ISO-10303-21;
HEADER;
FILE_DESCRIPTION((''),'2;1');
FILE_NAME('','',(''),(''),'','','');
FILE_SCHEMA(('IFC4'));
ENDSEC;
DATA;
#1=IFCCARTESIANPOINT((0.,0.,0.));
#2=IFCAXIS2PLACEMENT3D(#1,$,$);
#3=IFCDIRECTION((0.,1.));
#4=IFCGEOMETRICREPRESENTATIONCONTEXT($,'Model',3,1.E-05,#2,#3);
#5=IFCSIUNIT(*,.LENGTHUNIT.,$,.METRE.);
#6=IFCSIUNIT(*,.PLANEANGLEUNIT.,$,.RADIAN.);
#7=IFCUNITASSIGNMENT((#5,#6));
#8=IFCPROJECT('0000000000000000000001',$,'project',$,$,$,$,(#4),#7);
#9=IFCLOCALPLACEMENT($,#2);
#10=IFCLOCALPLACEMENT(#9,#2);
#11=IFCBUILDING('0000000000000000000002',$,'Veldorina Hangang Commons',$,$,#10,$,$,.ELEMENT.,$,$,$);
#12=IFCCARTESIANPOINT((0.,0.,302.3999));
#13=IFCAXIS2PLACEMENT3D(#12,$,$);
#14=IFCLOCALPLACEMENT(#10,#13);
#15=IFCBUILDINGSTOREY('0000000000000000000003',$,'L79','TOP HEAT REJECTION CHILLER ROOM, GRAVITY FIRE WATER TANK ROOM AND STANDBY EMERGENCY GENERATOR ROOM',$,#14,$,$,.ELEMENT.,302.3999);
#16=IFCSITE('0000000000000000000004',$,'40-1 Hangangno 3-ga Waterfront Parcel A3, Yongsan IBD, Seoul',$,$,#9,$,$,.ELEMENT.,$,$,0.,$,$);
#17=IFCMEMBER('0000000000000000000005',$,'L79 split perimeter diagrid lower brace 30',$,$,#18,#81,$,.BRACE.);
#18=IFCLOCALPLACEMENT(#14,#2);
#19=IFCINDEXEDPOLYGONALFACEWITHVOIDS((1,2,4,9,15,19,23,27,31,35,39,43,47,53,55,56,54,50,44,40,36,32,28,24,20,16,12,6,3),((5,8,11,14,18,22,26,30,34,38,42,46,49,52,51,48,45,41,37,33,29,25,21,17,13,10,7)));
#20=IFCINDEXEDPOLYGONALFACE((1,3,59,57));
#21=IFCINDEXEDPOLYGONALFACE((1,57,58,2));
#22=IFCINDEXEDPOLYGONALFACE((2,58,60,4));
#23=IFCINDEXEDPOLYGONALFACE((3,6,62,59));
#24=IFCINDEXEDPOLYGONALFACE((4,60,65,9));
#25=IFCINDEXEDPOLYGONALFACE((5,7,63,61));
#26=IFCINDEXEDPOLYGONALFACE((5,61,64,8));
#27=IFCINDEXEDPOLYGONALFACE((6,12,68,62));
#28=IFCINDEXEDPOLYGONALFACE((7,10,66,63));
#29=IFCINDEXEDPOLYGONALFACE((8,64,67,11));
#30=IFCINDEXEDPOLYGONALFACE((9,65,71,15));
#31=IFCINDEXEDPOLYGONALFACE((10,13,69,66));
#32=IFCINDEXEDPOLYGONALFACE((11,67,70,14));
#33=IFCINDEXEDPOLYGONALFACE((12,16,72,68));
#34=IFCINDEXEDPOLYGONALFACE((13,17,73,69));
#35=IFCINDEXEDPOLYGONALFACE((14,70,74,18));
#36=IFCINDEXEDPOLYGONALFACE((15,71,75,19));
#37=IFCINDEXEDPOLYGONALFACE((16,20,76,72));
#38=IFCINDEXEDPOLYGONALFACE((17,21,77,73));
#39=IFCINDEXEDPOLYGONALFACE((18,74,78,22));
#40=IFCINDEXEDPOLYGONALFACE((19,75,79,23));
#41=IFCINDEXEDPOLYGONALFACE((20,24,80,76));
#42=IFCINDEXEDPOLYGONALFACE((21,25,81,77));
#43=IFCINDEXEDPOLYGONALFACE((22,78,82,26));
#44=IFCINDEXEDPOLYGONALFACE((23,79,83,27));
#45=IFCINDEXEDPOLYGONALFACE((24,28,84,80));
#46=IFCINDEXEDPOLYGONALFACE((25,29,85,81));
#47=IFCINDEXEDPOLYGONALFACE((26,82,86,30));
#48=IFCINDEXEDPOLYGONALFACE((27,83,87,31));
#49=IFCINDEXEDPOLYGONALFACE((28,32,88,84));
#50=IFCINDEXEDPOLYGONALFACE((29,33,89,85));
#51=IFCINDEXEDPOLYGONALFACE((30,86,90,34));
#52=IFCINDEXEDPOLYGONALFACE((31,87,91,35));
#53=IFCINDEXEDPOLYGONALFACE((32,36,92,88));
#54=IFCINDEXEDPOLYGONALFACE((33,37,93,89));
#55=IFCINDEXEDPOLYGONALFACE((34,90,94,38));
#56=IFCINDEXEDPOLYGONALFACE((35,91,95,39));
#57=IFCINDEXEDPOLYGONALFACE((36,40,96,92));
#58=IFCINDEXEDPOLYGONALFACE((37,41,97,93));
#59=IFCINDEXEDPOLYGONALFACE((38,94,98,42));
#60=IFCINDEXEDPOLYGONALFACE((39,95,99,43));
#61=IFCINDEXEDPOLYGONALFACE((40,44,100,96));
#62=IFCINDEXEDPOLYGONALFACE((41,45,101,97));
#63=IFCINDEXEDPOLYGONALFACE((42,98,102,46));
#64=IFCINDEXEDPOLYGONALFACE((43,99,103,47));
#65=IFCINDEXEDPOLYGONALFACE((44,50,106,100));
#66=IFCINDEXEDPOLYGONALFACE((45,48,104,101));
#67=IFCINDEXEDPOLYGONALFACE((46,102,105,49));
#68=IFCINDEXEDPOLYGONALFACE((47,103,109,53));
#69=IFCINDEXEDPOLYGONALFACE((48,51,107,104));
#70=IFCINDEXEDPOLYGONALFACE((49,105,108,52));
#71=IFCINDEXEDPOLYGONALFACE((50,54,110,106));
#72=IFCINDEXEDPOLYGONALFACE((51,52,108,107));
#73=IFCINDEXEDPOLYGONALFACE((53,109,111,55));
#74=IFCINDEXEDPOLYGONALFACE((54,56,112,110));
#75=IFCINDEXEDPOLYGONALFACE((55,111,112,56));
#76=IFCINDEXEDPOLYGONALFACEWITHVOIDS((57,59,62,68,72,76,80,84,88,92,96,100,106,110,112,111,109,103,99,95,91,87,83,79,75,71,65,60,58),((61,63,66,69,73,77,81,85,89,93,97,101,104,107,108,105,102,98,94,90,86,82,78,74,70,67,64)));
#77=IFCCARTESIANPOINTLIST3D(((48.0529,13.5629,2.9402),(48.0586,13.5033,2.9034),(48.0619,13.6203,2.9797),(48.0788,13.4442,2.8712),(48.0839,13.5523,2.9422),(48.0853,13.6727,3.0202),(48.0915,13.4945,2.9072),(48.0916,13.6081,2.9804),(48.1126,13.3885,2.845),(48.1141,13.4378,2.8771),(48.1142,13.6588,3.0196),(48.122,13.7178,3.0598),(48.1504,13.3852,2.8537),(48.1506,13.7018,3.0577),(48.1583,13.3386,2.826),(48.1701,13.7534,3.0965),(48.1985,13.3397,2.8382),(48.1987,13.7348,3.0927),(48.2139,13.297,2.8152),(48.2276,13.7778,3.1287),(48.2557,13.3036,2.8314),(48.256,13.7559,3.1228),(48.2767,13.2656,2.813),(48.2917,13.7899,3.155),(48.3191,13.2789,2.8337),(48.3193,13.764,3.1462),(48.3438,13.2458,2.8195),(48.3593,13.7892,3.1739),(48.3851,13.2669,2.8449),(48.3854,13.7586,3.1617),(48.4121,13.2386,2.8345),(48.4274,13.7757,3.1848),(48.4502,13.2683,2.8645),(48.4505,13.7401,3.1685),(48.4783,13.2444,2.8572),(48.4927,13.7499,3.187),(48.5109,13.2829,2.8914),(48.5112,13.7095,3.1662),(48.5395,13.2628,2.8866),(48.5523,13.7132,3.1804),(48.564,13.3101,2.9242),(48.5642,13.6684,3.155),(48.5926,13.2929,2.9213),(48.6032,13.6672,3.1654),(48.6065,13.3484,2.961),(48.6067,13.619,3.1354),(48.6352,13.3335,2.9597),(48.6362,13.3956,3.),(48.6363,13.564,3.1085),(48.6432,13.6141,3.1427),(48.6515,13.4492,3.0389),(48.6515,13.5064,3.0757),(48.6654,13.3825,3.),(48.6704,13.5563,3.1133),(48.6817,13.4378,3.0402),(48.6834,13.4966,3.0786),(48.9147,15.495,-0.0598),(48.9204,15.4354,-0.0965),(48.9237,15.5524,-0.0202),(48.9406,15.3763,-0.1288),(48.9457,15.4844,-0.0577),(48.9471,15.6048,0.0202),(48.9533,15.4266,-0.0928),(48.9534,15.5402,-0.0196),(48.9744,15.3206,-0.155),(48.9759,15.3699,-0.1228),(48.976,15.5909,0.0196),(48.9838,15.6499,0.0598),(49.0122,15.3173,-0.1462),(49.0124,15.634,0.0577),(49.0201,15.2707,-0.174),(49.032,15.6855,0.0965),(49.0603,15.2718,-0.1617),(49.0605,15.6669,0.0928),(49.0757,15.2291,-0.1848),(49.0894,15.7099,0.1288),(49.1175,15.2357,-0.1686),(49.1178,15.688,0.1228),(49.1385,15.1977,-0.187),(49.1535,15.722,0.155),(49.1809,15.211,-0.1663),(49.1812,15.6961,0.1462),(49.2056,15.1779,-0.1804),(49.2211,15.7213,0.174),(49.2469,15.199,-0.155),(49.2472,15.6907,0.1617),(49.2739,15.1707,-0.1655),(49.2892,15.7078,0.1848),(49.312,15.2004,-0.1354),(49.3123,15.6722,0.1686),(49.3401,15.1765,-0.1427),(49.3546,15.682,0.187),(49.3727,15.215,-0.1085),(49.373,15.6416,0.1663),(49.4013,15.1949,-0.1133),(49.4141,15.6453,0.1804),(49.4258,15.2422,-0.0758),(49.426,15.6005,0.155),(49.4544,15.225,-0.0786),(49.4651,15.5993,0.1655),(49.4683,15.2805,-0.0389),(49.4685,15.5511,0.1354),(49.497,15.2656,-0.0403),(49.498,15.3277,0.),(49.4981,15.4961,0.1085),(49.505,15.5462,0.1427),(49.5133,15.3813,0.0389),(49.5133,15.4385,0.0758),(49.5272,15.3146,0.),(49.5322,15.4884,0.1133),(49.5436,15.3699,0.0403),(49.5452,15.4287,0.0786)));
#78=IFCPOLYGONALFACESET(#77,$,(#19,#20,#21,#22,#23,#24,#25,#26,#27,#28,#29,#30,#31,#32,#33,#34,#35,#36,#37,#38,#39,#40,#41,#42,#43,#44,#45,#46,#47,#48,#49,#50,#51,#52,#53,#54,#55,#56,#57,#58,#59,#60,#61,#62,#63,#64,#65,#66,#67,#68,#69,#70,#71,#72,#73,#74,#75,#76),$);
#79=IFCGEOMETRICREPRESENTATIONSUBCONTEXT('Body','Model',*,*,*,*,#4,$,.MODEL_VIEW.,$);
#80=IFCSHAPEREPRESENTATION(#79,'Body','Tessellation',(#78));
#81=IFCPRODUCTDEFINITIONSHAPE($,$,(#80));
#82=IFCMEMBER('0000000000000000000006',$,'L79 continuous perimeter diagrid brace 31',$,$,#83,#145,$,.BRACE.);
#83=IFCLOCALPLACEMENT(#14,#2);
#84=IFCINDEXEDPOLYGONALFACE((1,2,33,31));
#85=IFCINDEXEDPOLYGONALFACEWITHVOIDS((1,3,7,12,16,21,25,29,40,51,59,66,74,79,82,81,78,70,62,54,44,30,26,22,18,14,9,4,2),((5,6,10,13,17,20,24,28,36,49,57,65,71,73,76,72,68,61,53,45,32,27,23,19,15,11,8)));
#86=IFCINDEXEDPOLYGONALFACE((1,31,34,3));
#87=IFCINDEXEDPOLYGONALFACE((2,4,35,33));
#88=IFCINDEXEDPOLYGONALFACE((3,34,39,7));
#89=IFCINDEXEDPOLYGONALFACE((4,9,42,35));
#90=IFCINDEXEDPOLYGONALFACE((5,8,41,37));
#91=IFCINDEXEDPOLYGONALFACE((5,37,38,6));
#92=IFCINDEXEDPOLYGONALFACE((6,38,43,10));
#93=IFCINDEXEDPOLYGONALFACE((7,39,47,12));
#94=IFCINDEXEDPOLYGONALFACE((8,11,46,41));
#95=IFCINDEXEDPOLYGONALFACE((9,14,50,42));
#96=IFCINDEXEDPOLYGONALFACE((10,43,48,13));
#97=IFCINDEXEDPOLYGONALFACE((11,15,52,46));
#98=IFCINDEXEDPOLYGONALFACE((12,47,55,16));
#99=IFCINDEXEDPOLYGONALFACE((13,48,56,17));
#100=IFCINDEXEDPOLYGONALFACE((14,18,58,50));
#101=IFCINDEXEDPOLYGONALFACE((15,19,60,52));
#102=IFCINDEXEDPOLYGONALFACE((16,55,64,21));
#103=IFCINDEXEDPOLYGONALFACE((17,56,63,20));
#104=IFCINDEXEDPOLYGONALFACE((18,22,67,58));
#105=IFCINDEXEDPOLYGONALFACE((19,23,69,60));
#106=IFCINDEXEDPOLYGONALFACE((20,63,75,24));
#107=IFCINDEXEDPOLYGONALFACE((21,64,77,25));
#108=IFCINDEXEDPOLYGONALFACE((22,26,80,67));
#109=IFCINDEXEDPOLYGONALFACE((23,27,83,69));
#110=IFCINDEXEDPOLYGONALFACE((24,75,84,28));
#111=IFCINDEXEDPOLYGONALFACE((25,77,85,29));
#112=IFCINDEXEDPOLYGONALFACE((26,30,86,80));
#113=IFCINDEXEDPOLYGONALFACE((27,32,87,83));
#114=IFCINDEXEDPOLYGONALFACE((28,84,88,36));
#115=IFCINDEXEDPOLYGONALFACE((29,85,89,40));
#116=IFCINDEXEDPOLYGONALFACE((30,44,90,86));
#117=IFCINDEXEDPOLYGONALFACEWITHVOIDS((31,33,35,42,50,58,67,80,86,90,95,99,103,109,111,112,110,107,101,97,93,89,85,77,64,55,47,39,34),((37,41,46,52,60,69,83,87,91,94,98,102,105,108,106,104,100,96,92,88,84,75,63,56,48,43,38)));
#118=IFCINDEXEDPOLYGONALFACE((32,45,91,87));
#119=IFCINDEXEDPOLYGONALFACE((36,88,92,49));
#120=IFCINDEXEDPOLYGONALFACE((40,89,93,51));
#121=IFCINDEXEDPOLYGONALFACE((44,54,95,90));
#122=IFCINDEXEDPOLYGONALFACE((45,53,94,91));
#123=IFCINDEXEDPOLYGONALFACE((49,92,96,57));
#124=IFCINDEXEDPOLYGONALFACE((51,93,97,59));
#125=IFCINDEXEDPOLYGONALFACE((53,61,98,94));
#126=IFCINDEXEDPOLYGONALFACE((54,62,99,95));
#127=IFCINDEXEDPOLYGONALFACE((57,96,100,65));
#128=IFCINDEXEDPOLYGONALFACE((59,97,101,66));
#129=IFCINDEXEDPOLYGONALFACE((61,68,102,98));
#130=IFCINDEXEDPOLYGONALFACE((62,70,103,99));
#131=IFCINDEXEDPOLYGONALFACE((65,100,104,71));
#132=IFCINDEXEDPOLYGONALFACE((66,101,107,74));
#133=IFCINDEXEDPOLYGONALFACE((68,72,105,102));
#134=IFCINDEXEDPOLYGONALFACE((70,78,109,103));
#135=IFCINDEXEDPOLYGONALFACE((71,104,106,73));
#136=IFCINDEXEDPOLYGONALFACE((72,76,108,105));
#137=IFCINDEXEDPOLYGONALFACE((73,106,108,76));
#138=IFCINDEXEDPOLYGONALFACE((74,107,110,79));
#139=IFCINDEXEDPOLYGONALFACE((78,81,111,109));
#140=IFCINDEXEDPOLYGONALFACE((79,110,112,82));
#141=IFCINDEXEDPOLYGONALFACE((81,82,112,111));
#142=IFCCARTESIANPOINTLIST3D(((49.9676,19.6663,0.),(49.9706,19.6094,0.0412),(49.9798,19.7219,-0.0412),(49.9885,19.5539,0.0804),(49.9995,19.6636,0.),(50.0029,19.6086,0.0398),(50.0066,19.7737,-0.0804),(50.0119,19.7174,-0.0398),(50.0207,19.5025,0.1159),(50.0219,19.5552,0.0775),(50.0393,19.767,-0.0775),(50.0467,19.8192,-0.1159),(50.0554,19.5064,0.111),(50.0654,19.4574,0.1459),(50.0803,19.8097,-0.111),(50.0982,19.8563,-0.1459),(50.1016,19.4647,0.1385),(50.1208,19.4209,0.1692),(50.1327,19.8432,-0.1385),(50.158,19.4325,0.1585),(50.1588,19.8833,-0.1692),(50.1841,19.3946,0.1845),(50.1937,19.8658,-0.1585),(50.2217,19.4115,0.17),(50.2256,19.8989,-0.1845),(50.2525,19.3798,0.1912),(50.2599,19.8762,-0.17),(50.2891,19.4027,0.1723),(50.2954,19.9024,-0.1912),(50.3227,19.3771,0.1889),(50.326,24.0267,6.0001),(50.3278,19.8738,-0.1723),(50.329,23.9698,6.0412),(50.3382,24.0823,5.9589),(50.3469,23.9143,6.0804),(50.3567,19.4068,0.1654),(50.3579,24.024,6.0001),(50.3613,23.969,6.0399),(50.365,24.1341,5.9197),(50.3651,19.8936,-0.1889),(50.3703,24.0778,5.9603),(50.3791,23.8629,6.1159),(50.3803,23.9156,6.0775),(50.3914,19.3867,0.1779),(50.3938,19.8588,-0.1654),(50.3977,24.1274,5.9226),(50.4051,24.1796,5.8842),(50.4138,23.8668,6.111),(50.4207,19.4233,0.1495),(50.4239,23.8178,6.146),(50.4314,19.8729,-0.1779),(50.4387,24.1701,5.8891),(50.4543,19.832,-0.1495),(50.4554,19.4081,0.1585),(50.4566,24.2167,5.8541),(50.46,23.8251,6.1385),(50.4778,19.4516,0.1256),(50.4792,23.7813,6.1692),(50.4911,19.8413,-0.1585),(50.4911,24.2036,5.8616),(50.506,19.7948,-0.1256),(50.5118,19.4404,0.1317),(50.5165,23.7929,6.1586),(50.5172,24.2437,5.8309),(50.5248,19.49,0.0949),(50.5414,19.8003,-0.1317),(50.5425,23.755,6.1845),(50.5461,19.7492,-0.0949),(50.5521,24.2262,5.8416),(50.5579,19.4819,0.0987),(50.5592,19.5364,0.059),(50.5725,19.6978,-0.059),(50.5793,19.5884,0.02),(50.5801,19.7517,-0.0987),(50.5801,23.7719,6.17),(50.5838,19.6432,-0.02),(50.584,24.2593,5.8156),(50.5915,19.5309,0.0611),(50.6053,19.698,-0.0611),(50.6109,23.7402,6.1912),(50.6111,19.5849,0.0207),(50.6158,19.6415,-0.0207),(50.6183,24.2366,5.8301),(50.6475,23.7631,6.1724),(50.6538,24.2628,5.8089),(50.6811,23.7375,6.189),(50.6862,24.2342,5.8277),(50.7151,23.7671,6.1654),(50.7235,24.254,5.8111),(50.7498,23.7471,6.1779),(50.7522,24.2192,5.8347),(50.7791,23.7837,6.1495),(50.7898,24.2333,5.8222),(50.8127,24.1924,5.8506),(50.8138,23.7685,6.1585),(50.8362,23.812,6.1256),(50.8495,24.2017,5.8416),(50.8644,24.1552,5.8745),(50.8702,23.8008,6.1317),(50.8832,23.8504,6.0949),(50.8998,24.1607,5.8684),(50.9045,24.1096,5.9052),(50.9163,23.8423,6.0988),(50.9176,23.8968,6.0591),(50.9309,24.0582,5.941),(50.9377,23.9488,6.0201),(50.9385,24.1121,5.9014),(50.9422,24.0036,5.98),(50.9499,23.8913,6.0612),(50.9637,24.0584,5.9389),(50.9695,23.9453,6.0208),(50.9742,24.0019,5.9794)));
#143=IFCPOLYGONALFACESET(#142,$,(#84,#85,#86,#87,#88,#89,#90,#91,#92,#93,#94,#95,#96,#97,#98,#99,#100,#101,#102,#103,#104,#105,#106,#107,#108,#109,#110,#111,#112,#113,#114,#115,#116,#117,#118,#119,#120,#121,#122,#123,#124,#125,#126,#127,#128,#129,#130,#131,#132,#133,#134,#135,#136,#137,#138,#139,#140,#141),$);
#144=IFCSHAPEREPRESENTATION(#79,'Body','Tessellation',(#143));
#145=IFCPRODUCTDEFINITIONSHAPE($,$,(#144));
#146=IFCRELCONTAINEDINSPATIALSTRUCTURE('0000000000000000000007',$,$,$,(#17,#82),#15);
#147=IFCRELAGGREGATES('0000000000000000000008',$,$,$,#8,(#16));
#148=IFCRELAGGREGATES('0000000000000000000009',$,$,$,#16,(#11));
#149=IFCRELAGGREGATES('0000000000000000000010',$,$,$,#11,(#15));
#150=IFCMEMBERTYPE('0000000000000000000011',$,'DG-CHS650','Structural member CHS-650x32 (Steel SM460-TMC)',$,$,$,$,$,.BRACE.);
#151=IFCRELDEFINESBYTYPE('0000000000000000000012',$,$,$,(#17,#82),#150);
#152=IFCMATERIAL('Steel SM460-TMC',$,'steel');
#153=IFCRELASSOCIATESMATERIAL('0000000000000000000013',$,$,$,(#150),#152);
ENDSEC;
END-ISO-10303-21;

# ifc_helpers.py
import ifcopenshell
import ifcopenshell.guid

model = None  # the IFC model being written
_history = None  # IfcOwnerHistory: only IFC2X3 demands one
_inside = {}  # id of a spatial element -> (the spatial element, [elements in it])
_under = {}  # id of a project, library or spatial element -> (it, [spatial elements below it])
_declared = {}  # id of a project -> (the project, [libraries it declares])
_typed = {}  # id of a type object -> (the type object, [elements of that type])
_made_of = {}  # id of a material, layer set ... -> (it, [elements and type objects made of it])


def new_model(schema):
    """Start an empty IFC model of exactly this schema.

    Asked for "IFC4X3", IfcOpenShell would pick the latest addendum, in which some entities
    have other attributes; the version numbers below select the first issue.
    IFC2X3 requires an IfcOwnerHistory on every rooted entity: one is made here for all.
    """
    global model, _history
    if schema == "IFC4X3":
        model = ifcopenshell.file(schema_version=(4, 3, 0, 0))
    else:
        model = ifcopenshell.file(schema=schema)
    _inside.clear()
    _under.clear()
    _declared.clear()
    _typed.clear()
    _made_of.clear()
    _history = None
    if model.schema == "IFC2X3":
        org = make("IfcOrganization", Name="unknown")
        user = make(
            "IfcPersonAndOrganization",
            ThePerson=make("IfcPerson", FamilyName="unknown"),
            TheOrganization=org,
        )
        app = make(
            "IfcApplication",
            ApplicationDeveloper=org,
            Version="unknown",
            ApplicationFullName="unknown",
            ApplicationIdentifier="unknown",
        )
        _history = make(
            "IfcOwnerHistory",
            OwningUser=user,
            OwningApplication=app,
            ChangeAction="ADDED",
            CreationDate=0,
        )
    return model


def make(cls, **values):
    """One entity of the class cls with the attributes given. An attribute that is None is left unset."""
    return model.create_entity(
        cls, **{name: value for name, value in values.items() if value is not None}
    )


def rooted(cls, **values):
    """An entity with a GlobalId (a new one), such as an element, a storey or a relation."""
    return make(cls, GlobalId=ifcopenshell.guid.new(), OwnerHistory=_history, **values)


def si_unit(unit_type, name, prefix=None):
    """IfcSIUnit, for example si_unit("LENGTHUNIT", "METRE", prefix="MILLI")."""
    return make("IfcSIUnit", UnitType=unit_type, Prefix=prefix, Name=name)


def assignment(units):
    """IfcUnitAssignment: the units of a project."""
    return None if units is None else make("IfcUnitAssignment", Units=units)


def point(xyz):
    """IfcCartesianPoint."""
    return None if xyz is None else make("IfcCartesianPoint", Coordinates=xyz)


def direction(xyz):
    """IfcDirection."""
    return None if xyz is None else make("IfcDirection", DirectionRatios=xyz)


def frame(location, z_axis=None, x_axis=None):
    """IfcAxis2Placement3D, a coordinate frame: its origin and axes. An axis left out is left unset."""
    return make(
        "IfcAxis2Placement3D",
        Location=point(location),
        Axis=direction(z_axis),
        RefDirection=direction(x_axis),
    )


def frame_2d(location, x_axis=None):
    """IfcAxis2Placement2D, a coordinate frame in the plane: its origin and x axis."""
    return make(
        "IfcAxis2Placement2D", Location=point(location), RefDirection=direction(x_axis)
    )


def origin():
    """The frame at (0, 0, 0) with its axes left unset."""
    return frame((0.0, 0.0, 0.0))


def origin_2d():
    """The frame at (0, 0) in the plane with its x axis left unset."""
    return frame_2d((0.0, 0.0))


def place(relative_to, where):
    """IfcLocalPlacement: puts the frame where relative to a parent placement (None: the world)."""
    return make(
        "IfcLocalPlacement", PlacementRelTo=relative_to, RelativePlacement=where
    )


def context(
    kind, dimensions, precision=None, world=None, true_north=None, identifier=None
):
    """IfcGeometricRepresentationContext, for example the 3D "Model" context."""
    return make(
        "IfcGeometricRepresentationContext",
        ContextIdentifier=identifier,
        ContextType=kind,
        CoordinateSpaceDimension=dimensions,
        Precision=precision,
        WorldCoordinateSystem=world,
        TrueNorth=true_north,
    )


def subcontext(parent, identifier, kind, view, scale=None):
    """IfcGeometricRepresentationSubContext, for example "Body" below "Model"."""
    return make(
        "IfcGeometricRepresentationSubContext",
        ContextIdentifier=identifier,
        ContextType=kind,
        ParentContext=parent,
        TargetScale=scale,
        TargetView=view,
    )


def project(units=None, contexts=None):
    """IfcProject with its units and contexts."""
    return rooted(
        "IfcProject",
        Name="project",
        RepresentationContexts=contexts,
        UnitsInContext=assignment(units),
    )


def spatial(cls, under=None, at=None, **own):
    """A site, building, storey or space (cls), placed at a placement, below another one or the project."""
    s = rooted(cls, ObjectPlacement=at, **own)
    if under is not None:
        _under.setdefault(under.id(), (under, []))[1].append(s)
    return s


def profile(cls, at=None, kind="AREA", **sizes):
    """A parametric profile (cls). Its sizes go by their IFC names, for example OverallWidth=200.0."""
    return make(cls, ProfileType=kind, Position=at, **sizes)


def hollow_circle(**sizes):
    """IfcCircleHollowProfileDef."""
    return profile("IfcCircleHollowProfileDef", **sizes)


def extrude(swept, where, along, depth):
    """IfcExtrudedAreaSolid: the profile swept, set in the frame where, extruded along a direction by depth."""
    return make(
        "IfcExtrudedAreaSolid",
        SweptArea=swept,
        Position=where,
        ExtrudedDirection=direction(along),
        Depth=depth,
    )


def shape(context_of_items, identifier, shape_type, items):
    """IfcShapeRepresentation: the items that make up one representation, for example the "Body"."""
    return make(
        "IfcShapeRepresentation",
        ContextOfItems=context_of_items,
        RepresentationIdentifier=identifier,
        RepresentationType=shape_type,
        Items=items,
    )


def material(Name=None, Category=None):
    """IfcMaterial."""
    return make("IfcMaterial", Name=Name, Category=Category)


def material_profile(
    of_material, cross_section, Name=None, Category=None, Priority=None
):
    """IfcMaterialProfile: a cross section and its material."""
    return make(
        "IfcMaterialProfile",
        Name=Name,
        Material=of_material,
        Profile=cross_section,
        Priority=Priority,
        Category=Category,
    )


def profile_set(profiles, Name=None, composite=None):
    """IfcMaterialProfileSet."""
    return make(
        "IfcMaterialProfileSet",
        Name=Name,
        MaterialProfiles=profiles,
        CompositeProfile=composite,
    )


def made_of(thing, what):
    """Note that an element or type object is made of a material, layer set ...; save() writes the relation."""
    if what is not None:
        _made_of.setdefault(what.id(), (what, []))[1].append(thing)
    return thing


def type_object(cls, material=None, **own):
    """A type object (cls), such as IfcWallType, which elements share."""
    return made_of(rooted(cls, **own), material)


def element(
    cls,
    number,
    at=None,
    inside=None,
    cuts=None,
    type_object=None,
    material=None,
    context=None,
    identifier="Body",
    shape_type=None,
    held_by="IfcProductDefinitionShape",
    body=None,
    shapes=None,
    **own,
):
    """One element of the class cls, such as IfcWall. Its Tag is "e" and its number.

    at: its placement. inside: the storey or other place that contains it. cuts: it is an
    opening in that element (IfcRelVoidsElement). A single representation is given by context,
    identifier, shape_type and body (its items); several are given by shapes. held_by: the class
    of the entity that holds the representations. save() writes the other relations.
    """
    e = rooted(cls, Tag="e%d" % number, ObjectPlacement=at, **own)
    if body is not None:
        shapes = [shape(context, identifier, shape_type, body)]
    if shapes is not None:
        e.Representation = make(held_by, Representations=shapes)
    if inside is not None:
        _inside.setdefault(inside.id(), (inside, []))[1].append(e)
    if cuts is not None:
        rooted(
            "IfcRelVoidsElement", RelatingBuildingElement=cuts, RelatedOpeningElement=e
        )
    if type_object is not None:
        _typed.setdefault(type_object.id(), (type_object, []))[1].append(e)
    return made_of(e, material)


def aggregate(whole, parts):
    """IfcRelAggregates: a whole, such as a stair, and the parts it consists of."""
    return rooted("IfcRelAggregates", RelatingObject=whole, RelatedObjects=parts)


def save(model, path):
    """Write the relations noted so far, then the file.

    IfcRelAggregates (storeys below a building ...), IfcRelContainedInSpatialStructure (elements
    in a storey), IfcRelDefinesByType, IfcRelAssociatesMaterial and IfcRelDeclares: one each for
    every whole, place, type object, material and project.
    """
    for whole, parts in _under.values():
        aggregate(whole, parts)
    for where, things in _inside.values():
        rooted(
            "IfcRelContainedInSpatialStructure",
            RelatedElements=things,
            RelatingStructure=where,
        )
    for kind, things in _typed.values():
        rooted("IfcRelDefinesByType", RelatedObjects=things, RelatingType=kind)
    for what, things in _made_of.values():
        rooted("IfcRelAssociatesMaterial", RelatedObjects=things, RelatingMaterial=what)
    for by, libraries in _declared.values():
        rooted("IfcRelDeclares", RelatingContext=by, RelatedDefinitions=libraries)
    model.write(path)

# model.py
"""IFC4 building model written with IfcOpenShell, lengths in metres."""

from ifc_helpers import new_model, si_unit, direction, frame, origin, origin_2d, place, context, subcontext, project, spatial, hollow_circle, extrude, material, material_profile, profile_set, type_object, element, save


model = new_model("IFC4")

# Units and contexts
model_context = context("Model", 3, precision=1e-05, world=origin(), true_north=direction((0.0, 1.0)))
body_context = subcontext(model_context, "Body", "Model", "MODEL_VIEW")
ifc_project = project(units=[si_unit("LENGTHUNIT", "METRE"), si_unit("PLANEANGLEUNIT", "RADIAN")], contexts=[model_context])

# Site, building, storey
site_placement = place(None, origin())
site = spatial("IfcSite", under=ifc_project, at=site_placement, Name="40-1 Hangangno 3-ga Waterfront Parcel A3, Yongsan IBD, Seoul", CompositionType="ELEMENT", RefElevation=0.0)
building_placement = place(site_placement, origin())
building = spatial("IfcBuilding", under=site, at=building_placement, Name="Veldorina Hangang Commons", CompositionType="ELEMENT")
storey_placement = place(building_placement, frame((0.0, 0.0, 302.3999)))
storey = spatial("IfcBuildingStorey", under=building, at=storey_placement, Name="L79", Description="TOP HEAT REJECTION CHILLER ROOM, GRAVITY FIRE WATER TANK ROOM AND STANDBY EMERGENCY GENERATOR ROOM", CompositionType="ELEMENT", Elevation=302.3999)

# Shared definitions
ifc_material_1 = material(Name="Steel SM460-TMC", Category="steel")

# Members
ifc_material_profile_1 = material_profile(ifc_material_1, hollow_circle(Radius=0.325, WallThickness=0.032, at=origin_2d()), Name="CHS-650x32")
ifc_profile_set_1 = profile_set([ifc_material_profile_1], Name="Steel SM460-TMC")
member_type_1 = type_object("IfcMemberType", Name="DG-CHS650", Description="Structural member CHS-650x32 (Steel SM460-TMC)", PredefinedType="BRACE", material=ifc_profile_set_1)
member_1_placement = place(storey_placement, frame((49.2305, 15.447, 0.0), z_axis=(-0.234767, -0.52633, 0.817228), x_axis=(0.913268, -0.407359, 0.0)))
element("IfcMember", 1, at=member_1_placement, inside=storey, type_object=member_type_1, Name="L79 split perimeter diagrid lower brace 30", PredefinedType="BRACE", context=body_context, shape_type="SweptSolid", body=[
    extrude(hollow_circle(Radius=0.325, WallThickness=0.032, at=origin_2d()), origin(), (0.0, 0.0, 1.0), 3.6709),
])
member_2_placement = place(storey_placement, frame((50.2915, 19.6396, 0.0), z_axis=(0.048265, 0.587197, 0.808004), x_axis=(-0.996639, 0.081919, 0.0)))
element("IfcMember", 2, at=member_2_placement, inside=storey, type_object=member_type_1, Name="L79 continuous perimeter diagrid brace 31", PredefinedType="BRACE", context=body_context, shape_type="SweptSolid", body=[
    extrude(hollow_circle(Radius=0.325, WallThickness=0.032, at=origin_2d()), origin(), (0.0, 0.0, 1.0), 7.4258),
])

save(model, "model.ifc")
